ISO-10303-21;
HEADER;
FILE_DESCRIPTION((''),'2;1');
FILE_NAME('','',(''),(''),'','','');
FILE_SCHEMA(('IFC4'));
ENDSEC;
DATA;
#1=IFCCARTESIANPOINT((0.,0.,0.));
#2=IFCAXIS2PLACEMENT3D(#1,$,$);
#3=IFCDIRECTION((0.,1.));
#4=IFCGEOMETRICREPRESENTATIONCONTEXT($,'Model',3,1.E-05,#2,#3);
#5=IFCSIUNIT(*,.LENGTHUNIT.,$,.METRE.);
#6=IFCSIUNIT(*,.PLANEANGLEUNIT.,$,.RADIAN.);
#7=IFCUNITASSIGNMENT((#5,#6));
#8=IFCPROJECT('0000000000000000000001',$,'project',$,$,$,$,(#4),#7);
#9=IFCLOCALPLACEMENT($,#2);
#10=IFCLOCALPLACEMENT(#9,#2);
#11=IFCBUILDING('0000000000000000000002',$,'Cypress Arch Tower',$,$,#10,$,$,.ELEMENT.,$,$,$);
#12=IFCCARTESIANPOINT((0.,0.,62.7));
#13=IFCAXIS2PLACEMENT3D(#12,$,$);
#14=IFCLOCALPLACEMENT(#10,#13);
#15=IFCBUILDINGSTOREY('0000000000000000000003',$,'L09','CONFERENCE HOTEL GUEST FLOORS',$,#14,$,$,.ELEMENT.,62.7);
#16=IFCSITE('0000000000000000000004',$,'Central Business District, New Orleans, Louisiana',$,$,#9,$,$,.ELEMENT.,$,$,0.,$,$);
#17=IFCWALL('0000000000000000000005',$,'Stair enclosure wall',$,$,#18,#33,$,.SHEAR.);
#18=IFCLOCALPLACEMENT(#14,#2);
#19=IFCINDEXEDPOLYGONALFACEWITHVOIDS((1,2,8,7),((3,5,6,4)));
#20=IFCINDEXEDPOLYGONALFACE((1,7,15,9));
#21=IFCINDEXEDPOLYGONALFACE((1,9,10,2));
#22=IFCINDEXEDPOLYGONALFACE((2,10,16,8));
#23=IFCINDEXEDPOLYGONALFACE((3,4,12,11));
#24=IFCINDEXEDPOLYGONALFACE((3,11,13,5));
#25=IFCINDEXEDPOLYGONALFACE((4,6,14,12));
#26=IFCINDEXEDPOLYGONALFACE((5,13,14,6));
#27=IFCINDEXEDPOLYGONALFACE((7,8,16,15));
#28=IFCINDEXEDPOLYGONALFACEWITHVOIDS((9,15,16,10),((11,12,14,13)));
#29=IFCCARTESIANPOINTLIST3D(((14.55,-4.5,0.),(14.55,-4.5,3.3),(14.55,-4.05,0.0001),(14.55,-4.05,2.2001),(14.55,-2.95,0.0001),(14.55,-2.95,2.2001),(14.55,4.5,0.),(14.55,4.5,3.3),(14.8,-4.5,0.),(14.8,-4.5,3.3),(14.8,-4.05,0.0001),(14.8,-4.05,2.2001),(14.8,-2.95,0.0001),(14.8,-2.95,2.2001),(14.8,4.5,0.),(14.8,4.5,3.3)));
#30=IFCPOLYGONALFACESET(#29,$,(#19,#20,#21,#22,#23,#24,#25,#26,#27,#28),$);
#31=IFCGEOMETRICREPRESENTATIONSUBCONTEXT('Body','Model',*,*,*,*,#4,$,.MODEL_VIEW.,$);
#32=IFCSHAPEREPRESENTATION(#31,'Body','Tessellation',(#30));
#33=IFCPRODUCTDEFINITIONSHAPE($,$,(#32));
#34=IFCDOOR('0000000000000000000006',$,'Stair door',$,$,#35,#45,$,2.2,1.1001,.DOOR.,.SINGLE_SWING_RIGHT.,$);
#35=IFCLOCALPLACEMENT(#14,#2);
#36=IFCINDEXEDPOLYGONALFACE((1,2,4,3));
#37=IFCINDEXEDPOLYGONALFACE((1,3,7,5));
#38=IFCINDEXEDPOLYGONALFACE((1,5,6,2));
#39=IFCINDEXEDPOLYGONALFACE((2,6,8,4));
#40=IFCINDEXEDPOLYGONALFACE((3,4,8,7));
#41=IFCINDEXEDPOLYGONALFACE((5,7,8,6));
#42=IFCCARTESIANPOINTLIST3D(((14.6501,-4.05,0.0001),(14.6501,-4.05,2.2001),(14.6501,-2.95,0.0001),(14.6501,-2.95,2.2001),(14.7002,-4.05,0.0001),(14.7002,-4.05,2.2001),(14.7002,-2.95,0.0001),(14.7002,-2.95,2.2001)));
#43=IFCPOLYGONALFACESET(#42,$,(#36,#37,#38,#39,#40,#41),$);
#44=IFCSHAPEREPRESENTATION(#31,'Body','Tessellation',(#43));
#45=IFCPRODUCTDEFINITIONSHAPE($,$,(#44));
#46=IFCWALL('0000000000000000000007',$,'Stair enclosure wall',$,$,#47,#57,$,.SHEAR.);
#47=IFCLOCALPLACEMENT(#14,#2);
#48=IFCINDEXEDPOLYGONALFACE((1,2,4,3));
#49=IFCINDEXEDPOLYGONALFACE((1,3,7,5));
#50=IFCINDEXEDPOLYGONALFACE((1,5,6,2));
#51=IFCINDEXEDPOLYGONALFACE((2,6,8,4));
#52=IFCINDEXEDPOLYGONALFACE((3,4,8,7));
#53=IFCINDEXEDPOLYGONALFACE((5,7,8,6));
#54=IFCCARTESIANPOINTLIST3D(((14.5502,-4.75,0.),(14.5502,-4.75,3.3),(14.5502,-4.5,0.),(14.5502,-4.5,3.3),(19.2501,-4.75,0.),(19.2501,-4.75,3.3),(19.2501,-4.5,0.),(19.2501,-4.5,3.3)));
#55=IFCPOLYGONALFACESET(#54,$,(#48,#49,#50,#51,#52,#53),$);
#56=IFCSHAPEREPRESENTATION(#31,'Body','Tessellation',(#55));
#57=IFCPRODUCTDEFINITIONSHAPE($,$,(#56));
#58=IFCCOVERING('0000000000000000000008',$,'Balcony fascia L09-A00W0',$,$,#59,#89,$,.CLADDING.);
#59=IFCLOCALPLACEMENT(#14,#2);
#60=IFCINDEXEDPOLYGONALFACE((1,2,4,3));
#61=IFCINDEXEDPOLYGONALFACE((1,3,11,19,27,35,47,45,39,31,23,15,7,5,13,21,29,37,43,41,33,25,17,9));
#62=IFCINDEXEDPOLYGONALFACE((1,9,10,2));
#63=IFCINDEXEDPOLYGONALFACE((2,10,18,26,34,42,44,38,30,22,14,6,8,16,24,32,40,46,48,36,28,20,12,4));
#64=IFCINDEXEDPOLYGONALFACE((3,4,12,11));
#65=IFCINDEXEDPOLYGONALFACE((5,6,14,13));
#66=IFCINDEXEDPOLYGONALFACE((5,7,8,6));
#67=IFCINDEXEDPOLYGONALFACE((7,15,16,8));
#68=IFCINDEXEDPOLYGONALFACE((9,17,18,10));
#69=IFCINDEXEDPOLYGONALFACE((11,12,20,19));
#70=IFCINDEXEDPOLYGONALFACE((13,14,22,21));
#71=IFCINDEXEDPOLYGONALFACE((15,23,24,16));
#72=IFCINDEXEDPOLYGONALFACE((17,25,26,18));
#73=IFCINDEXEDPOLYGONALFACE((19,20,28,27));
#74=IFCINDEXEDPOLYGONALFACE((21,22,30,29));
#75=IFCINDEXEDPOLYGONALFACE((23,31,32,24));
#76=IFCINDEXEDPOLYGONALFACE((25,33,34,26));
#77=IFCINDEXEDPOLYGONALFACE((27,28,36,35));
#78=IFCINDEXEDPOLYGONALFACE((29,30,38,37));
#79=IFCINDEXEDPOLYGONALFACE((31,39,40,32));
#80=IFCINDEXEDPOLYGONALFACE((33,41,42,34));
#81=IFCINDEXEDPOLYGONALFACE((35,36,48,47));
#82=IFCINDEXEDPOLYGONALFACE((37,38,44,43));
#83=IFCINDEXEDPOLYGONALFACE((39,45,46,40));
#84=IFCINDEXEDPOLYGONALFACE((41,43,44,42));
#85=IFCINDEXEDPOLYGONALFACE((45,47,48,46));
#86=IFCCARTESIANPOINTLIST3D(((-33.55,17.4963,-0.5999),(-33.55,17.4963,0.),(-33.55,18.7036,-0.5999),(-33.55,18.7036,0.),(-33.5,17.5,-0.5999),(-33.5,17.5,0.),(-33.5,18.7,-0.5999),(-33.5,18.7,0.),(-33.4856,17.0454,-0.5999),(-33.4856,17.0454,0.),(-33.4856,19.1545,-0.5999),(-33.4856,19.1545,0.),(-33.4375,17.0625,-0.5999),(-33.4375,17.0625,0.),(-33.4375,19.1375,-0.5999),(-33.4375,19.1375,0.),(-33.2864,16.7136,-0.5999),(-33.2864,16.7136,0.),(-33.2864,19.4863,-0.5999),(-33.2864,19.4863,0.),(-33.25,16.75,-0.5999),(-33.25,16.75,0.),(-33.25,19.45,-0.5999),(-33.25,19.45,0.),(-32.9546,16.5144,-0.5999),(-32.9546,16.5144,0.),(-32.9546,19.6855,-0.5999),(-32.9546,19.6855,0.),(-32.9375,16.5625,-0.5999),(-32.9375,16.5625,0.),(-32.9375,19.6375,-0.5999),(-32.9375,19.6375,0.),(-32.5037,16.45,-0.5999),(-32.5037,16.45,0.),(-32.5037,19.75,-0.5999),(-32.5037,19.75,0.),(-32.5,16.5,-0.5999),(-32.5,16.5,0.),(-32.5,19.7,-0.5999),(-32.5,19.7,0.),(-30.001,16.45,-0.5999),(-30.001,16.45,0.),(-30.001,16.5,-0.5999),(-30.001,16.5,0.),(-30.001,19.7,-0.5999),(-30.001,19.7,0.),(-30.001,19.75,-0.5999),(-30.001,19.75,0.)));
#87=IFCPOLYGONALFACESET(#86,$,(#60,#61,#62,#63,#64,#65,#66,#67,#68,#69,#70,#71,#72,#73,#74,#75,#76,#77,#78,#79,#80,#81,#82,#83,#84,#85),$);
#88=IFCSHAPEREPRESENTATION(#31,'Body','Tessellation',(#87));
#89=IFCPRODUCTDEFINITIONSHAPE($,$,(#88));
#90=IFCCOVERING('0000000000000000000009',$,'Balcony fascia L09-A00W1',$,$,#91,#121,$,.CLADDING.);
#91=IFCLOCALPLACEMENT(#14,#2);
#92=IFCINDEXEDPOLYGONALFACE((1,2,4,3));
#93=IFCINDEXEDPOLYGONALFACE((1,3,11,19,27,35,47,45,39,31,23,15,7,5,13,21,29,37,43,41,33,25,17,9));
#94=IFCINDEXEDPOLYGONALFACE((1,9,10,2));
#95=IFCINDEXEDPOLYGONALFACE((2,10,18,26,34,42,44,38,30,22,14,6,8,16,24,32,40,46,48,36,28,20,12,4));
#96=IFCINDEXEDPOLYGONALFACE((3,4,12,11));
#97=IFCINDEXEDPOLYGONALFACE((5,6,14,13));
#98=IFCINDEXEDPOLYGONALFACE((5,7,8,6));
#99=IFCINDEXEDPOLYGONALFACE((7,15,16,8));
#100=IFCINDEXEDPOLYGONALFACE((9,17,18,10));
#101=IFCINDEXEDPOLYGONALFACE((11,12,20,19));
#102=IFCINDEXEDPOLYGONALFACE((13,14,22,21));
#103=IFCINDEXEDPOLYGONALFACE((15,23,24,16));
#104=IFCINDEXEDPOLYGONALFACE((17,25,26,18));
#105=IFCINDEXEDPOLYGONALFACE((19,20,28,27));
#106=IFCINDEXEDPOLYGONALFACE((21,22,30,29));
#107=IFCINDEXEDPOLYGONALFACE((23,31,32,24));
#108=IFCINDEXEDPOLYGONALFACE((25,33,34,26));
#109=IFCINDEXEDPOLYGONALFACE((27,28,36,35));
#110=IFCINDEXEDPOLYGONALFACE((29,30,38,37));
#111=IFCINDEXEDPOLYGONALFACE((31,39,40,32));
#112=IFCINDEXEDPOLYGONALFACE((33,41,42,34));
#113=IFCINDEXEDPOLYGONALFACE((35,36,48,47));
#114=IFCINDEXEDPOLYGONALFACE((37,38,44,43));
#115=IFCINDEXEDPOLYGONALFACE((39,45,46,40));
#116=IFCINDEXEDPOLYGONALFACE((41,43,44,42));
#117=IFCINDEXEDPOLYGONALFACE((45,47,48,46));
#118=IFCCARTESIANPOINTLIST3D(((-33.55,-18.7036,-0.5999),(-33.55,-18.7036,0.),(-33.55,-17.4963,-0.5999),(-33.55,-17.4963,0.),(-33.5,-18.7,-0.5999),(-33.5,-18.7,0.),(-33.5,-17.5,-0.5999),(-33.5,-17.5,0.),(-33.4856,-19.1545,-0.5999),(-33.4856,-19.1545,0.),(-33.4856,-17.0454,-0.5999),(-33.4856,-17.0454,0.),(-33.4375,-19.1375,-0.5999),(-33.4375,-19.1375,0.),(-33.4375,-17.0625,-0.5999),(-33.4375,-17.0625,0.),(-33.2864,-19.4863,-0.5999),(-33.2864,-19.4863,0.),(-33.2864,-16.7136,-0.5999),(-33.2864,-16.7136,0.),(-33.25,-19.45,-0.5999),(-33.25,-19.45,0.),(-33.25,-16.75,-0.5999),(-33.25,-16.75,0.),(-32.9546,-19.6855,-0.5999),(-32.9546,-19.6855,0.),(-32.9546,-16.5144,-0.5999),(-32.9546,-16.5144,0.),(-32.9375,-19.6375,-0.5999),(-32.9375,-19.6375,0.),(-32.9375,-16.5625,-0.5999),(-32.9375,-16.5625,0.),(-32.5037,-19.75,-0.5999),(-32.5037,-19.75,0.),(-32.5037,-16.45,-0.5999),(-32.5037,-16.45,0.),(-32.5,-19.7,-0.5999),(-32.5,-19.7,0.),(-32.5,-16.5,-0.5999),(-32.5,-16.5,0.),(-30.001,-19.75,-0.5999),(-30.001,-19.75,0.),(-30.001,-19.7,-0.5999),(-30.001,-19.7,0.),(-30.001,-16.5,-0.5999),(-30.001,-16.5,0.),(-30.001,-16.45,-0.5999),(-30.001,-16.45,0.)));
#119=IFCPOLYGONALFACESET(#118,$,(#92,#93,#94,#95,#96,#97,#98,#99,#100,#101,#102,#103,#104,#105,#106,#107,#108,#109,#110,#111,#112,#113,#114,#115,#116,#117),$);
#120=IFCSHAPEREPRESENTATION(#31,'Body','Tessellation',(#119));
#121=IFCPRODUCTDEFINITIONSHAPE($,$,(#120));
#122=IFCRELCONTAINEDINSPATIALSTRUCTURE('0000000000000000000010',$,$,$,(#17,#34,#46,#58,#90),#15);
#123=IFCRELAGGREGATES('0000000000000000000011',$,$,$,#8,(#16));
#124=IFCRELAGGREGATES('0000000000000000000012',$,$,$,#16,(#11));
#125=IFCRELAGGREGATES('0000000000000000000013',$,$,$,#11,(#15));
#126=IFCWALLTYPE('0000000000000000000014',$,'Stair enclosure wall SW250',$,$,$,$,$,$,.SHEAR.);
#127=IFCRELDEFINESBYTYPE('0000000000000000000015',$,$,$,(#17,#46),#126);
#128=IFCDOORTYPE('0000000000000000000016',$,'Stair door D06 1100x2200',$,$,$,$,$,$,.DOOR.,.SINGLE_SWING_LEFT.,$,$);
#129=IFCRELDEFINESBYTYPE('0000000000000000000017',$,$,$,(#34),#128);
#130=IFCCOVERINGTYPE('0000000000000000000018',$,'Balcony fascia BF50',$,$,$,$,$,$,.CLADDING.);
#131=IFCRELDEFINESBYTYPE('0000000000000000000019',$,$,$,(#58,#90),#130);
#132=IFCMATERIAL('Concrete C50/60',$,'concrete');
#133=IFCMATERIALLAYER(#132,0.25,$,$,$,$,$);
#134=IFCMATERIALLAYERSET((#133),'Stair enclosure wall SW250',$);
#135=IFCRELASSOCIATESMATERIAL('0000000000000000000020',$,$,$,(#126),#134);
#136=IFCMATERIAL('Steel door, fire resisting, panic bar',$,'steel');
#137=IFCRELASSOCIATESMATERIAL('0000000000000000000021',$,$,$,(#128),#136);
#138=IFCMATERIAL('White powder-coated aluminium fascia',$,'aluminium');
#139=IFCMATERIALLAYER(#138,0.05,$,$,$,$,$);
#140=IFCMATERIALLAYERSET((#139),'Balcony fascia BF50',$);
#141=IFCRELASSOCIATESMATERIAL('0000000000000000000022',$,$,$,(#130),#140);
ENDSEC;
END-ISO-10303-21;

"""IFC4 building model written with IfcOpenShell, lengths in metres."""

from ifc_helpers import new_model, si_unit, direction, frame, frame_2d, origin, place, context, subcontext, project, spatial, polyline, rectangle, outline, extrude, material, layer, layer_set, type_object, element, fill, save


model = new_model("IFC4")

# Units and contexts
model_context = context("Model", 3, precision=1e-05, world=origin(), true_north=direction((0.0, 1.0)))
body_context = subcontext(model_context, "Body", "Model", "MODEL_VIEW")
ifc_project = project(units=[si_unit("LENGTHUNIT", "METRE"), si_unit("PLANEANGLEUNIT", "RADIAN")], contexts=[model_context])

# Site, building, storey
site_placement = place(None, origin())
site = spatial("IfcSite", under=ifc_project, at=site_placement, Name="Central Business District, New Orleans, Louisiana", CompositionType="ELEMENT", RefElevation=0.0)
building_placement = place(site_placement, origin())
building = spatial("IfcBuilding", under=site, at=building_placement, Name="Cypress Arch Tower", CompositionType="ELEMENT")
storey_placement = place(building_placement, frame((0.0, 0.0, 62.7)))
storey = spatial("IfcBuildingStorey", under=building, at=storey_placement, Name="L09", Description="CONFERENCE HOTEL GUEST FLOORS", CompositionType="ELEMENT", Elevation=62.7)

# Wall, opening, door
ifc_material_1 = material(Name="Concrete C50/60", Category="concrete")
ifc_layer_1 = layer(ifc_material_1, 0.25)
ifc_layer_set_1 = layer_set([ifc_layer_1], Name="Stair enclosure wall SW250")
wall_type_1 = type_object("IfcWallType", Name="Stair enclosure wall SW250", PredefinedType="SHEAR", material=ifc_layer_set_1)
wall_1_placement = place(storey_placement, frame((14.675, -4.5, 0.0), z_axis=(0.0, 0.0, 1.0), x_axis=(0.0, 1.0, 0.0)))
wall_1 = element("IfcWall", 1, at=wall_1_placement, inside=storey, type_object=wall_type_1, Name="Stair enclosure wall", PredefinedType="SHEAR", context=body_context, shape_type="SweptSolid", body=[
    extrude(rectangle(XDim=9.0, YDim=0.25, at=frame_2d((4.5, 0.0))), origin(), (0.0, 0.0, 1.0), 3.3),
])
opening_1_placement = place(wall_1_placement, frame((0.45, 0.0, 0.0)))
opening_1 = element("IfcOpeningElement", 2, at=opening_1_placement, cuts=wall_1, PredefinedType="OPENING", context=body_context, shape_type="SweptSolid", body=[
    extrude(rectangle(XDim=1.1001, YDim=2.2, at=frame_2d((0.55, 1.1001))), frame((0.0, 0.135, 0.0), z_axis=(0.0, -1.0, 0.0), x_axis=(1.0, 0.0, 0.0)), (0.0, 0.0, 1.0), 0.27),
])
ifc_material_2 = material(Name="Steel door, fire resisting, panic bar", Category="steel")
door_type_1 = type_object("IfcDoorType", Name="Stair door D06 1100x2200", OperationType="SINGLE_SWING_LEFT", PredefinedType="DOOR", material=ifc_material_2)
door_1_placement = place(opening_1_placement, origin())
door_1 = element("IfcDoor", 3, at=door_1_placement, inside=storey, type_object=door_type_1, Name="Stair door", OperationType="SINGLE_SWING_RIGHT", OverallHeight=2.2, OverallWidth=1.1001, PredefinedType="DOOR", context=body_context, shape_type="SweptSolid", body=[
    extrude(rectangle(XDim=1.1001, YDim=2.2, at=frame_2d((0.55, 1.1001))), frame((0.0, 0.0249, 0.0), z_axis=(0.0, -1.0, 0.0), x_axis=(1.0, 0.0, 0.0)), (0.0, 0.0, 1.0), 0.05),
])
fill(opening_1, door_1)

# Wall
wall_2_placement = place(storey_placement, frame((14.55, -4.625, 0.0), z_axis=(0.0, 0.0, 1.0), x_axis=(1.0, 0.0, 0.0)))
element("IfcWall", 4, at=wall_2_placement, inside=storey, type_object=wall_type_1, Name="Stair enclosure wall", PredefinedType="SHEAR", context=body_context, shape_type="SweptSolid", body=[
    extrude(rectangle(XDim=4.7, YDim=0.25, at=frame_2d((2.3501, 0.0))), origin(), (0.0, 0.0, 1.0), 3.3),
])

# Coverings
ifc_material_3 = material(Name="White powder-coated aluminium fascia", Category="aluminium")
ifc_layer_2 = layer(ifc_material_3, 0.05)
ifc_layer_set_2 = layer_set([ifc_layer_2], Name="Balcony fascia BF50")
covering_type = type_object("IfcCoveringType", Name="Balcony fascia BF50", PredefinedType="CLADDING", material=ifc_layer_set_2)
covering_1_placement = place(storey_placement, frame((0.0, 0.0, -0.5999)))
element("IfcCovering", 5, at=covering_1_placement, inside=storey, type_object=covering_type, Name="Balcony fascia L09-A00W0", PredefinedType="CLADDING", context=body_context, shape_type="SweptSolid", body=[
    extrude(outline(polyline([(-32.5037, 16.45), (-32.9546, 16.5144), (-33.2864, 16.7136), (-33.4856, 17.0454), (-33.55, 17.4963), (-33.55, 18.7036), (-33.4856, 19.1545), (-33.2864, 19.4863), (-32.9546, 19.6855), (-32.5037, 19.75), (-30.001, 19.75), (-30.001, 19.7), (-32.5, 19.7), (-32.9375, 19.6375), (-33.25, 19.45), (-33.4375, 19.1375), (-33.5, 18.7), (-33.5, 17.5), (-33.4375, 17.0625), (-33.25, 16.75), (-32.9375, 16.5625), (-32.5, 16.5), (-30.001, 16.5), (-30.001, 16.45), (-32.5037, 16.45)])), origin(), (0.0, 0.0, 1.0), 0.5999),
])
covering_2_placement = place(storey_placement, frame((0.0, 0.0, -0.5999)))
element("IfcCovering", 6, at=covering_2_placement, inside=storey, type_object=covering_type, Name="Balcony fascia L09-A00W1", PredefinedType="CLADDING", context=body_context, shape_type="SweptSolid", body=[
    extrude(outline(polyline([(-32.5037, -19.75), (-32.9546, -19.6855), (-33.2864, -19.4863), (-33.4856, -19.1545), (-33.55, -18.7036), (-33.55, -17.4963), (-33.4856, -17.0454), (-33.2864, -16.7136), (-32.9546, -16.5144), (-32.5037, -16.45), (-30.001, -16.45), (-30.001, -16.5), (-32.5, -16.5), (-32.9375, -16.5625), (-33.25, -16.75), (-33.4375, -17.0625), (-33.5, -17.5), (-33.5, -18.7), (-33.4375, -19.1375), (-33.25, -19.45), (-32.9375, -19.6375), (-32.5, -19.7), (-30.001, -19.7), (-30.001, -19.75), (-32.5037, -19.75)])), origin(), (0.0, 0.0, 1.0), 0.5999),
])

save(model, "model.ifc")
